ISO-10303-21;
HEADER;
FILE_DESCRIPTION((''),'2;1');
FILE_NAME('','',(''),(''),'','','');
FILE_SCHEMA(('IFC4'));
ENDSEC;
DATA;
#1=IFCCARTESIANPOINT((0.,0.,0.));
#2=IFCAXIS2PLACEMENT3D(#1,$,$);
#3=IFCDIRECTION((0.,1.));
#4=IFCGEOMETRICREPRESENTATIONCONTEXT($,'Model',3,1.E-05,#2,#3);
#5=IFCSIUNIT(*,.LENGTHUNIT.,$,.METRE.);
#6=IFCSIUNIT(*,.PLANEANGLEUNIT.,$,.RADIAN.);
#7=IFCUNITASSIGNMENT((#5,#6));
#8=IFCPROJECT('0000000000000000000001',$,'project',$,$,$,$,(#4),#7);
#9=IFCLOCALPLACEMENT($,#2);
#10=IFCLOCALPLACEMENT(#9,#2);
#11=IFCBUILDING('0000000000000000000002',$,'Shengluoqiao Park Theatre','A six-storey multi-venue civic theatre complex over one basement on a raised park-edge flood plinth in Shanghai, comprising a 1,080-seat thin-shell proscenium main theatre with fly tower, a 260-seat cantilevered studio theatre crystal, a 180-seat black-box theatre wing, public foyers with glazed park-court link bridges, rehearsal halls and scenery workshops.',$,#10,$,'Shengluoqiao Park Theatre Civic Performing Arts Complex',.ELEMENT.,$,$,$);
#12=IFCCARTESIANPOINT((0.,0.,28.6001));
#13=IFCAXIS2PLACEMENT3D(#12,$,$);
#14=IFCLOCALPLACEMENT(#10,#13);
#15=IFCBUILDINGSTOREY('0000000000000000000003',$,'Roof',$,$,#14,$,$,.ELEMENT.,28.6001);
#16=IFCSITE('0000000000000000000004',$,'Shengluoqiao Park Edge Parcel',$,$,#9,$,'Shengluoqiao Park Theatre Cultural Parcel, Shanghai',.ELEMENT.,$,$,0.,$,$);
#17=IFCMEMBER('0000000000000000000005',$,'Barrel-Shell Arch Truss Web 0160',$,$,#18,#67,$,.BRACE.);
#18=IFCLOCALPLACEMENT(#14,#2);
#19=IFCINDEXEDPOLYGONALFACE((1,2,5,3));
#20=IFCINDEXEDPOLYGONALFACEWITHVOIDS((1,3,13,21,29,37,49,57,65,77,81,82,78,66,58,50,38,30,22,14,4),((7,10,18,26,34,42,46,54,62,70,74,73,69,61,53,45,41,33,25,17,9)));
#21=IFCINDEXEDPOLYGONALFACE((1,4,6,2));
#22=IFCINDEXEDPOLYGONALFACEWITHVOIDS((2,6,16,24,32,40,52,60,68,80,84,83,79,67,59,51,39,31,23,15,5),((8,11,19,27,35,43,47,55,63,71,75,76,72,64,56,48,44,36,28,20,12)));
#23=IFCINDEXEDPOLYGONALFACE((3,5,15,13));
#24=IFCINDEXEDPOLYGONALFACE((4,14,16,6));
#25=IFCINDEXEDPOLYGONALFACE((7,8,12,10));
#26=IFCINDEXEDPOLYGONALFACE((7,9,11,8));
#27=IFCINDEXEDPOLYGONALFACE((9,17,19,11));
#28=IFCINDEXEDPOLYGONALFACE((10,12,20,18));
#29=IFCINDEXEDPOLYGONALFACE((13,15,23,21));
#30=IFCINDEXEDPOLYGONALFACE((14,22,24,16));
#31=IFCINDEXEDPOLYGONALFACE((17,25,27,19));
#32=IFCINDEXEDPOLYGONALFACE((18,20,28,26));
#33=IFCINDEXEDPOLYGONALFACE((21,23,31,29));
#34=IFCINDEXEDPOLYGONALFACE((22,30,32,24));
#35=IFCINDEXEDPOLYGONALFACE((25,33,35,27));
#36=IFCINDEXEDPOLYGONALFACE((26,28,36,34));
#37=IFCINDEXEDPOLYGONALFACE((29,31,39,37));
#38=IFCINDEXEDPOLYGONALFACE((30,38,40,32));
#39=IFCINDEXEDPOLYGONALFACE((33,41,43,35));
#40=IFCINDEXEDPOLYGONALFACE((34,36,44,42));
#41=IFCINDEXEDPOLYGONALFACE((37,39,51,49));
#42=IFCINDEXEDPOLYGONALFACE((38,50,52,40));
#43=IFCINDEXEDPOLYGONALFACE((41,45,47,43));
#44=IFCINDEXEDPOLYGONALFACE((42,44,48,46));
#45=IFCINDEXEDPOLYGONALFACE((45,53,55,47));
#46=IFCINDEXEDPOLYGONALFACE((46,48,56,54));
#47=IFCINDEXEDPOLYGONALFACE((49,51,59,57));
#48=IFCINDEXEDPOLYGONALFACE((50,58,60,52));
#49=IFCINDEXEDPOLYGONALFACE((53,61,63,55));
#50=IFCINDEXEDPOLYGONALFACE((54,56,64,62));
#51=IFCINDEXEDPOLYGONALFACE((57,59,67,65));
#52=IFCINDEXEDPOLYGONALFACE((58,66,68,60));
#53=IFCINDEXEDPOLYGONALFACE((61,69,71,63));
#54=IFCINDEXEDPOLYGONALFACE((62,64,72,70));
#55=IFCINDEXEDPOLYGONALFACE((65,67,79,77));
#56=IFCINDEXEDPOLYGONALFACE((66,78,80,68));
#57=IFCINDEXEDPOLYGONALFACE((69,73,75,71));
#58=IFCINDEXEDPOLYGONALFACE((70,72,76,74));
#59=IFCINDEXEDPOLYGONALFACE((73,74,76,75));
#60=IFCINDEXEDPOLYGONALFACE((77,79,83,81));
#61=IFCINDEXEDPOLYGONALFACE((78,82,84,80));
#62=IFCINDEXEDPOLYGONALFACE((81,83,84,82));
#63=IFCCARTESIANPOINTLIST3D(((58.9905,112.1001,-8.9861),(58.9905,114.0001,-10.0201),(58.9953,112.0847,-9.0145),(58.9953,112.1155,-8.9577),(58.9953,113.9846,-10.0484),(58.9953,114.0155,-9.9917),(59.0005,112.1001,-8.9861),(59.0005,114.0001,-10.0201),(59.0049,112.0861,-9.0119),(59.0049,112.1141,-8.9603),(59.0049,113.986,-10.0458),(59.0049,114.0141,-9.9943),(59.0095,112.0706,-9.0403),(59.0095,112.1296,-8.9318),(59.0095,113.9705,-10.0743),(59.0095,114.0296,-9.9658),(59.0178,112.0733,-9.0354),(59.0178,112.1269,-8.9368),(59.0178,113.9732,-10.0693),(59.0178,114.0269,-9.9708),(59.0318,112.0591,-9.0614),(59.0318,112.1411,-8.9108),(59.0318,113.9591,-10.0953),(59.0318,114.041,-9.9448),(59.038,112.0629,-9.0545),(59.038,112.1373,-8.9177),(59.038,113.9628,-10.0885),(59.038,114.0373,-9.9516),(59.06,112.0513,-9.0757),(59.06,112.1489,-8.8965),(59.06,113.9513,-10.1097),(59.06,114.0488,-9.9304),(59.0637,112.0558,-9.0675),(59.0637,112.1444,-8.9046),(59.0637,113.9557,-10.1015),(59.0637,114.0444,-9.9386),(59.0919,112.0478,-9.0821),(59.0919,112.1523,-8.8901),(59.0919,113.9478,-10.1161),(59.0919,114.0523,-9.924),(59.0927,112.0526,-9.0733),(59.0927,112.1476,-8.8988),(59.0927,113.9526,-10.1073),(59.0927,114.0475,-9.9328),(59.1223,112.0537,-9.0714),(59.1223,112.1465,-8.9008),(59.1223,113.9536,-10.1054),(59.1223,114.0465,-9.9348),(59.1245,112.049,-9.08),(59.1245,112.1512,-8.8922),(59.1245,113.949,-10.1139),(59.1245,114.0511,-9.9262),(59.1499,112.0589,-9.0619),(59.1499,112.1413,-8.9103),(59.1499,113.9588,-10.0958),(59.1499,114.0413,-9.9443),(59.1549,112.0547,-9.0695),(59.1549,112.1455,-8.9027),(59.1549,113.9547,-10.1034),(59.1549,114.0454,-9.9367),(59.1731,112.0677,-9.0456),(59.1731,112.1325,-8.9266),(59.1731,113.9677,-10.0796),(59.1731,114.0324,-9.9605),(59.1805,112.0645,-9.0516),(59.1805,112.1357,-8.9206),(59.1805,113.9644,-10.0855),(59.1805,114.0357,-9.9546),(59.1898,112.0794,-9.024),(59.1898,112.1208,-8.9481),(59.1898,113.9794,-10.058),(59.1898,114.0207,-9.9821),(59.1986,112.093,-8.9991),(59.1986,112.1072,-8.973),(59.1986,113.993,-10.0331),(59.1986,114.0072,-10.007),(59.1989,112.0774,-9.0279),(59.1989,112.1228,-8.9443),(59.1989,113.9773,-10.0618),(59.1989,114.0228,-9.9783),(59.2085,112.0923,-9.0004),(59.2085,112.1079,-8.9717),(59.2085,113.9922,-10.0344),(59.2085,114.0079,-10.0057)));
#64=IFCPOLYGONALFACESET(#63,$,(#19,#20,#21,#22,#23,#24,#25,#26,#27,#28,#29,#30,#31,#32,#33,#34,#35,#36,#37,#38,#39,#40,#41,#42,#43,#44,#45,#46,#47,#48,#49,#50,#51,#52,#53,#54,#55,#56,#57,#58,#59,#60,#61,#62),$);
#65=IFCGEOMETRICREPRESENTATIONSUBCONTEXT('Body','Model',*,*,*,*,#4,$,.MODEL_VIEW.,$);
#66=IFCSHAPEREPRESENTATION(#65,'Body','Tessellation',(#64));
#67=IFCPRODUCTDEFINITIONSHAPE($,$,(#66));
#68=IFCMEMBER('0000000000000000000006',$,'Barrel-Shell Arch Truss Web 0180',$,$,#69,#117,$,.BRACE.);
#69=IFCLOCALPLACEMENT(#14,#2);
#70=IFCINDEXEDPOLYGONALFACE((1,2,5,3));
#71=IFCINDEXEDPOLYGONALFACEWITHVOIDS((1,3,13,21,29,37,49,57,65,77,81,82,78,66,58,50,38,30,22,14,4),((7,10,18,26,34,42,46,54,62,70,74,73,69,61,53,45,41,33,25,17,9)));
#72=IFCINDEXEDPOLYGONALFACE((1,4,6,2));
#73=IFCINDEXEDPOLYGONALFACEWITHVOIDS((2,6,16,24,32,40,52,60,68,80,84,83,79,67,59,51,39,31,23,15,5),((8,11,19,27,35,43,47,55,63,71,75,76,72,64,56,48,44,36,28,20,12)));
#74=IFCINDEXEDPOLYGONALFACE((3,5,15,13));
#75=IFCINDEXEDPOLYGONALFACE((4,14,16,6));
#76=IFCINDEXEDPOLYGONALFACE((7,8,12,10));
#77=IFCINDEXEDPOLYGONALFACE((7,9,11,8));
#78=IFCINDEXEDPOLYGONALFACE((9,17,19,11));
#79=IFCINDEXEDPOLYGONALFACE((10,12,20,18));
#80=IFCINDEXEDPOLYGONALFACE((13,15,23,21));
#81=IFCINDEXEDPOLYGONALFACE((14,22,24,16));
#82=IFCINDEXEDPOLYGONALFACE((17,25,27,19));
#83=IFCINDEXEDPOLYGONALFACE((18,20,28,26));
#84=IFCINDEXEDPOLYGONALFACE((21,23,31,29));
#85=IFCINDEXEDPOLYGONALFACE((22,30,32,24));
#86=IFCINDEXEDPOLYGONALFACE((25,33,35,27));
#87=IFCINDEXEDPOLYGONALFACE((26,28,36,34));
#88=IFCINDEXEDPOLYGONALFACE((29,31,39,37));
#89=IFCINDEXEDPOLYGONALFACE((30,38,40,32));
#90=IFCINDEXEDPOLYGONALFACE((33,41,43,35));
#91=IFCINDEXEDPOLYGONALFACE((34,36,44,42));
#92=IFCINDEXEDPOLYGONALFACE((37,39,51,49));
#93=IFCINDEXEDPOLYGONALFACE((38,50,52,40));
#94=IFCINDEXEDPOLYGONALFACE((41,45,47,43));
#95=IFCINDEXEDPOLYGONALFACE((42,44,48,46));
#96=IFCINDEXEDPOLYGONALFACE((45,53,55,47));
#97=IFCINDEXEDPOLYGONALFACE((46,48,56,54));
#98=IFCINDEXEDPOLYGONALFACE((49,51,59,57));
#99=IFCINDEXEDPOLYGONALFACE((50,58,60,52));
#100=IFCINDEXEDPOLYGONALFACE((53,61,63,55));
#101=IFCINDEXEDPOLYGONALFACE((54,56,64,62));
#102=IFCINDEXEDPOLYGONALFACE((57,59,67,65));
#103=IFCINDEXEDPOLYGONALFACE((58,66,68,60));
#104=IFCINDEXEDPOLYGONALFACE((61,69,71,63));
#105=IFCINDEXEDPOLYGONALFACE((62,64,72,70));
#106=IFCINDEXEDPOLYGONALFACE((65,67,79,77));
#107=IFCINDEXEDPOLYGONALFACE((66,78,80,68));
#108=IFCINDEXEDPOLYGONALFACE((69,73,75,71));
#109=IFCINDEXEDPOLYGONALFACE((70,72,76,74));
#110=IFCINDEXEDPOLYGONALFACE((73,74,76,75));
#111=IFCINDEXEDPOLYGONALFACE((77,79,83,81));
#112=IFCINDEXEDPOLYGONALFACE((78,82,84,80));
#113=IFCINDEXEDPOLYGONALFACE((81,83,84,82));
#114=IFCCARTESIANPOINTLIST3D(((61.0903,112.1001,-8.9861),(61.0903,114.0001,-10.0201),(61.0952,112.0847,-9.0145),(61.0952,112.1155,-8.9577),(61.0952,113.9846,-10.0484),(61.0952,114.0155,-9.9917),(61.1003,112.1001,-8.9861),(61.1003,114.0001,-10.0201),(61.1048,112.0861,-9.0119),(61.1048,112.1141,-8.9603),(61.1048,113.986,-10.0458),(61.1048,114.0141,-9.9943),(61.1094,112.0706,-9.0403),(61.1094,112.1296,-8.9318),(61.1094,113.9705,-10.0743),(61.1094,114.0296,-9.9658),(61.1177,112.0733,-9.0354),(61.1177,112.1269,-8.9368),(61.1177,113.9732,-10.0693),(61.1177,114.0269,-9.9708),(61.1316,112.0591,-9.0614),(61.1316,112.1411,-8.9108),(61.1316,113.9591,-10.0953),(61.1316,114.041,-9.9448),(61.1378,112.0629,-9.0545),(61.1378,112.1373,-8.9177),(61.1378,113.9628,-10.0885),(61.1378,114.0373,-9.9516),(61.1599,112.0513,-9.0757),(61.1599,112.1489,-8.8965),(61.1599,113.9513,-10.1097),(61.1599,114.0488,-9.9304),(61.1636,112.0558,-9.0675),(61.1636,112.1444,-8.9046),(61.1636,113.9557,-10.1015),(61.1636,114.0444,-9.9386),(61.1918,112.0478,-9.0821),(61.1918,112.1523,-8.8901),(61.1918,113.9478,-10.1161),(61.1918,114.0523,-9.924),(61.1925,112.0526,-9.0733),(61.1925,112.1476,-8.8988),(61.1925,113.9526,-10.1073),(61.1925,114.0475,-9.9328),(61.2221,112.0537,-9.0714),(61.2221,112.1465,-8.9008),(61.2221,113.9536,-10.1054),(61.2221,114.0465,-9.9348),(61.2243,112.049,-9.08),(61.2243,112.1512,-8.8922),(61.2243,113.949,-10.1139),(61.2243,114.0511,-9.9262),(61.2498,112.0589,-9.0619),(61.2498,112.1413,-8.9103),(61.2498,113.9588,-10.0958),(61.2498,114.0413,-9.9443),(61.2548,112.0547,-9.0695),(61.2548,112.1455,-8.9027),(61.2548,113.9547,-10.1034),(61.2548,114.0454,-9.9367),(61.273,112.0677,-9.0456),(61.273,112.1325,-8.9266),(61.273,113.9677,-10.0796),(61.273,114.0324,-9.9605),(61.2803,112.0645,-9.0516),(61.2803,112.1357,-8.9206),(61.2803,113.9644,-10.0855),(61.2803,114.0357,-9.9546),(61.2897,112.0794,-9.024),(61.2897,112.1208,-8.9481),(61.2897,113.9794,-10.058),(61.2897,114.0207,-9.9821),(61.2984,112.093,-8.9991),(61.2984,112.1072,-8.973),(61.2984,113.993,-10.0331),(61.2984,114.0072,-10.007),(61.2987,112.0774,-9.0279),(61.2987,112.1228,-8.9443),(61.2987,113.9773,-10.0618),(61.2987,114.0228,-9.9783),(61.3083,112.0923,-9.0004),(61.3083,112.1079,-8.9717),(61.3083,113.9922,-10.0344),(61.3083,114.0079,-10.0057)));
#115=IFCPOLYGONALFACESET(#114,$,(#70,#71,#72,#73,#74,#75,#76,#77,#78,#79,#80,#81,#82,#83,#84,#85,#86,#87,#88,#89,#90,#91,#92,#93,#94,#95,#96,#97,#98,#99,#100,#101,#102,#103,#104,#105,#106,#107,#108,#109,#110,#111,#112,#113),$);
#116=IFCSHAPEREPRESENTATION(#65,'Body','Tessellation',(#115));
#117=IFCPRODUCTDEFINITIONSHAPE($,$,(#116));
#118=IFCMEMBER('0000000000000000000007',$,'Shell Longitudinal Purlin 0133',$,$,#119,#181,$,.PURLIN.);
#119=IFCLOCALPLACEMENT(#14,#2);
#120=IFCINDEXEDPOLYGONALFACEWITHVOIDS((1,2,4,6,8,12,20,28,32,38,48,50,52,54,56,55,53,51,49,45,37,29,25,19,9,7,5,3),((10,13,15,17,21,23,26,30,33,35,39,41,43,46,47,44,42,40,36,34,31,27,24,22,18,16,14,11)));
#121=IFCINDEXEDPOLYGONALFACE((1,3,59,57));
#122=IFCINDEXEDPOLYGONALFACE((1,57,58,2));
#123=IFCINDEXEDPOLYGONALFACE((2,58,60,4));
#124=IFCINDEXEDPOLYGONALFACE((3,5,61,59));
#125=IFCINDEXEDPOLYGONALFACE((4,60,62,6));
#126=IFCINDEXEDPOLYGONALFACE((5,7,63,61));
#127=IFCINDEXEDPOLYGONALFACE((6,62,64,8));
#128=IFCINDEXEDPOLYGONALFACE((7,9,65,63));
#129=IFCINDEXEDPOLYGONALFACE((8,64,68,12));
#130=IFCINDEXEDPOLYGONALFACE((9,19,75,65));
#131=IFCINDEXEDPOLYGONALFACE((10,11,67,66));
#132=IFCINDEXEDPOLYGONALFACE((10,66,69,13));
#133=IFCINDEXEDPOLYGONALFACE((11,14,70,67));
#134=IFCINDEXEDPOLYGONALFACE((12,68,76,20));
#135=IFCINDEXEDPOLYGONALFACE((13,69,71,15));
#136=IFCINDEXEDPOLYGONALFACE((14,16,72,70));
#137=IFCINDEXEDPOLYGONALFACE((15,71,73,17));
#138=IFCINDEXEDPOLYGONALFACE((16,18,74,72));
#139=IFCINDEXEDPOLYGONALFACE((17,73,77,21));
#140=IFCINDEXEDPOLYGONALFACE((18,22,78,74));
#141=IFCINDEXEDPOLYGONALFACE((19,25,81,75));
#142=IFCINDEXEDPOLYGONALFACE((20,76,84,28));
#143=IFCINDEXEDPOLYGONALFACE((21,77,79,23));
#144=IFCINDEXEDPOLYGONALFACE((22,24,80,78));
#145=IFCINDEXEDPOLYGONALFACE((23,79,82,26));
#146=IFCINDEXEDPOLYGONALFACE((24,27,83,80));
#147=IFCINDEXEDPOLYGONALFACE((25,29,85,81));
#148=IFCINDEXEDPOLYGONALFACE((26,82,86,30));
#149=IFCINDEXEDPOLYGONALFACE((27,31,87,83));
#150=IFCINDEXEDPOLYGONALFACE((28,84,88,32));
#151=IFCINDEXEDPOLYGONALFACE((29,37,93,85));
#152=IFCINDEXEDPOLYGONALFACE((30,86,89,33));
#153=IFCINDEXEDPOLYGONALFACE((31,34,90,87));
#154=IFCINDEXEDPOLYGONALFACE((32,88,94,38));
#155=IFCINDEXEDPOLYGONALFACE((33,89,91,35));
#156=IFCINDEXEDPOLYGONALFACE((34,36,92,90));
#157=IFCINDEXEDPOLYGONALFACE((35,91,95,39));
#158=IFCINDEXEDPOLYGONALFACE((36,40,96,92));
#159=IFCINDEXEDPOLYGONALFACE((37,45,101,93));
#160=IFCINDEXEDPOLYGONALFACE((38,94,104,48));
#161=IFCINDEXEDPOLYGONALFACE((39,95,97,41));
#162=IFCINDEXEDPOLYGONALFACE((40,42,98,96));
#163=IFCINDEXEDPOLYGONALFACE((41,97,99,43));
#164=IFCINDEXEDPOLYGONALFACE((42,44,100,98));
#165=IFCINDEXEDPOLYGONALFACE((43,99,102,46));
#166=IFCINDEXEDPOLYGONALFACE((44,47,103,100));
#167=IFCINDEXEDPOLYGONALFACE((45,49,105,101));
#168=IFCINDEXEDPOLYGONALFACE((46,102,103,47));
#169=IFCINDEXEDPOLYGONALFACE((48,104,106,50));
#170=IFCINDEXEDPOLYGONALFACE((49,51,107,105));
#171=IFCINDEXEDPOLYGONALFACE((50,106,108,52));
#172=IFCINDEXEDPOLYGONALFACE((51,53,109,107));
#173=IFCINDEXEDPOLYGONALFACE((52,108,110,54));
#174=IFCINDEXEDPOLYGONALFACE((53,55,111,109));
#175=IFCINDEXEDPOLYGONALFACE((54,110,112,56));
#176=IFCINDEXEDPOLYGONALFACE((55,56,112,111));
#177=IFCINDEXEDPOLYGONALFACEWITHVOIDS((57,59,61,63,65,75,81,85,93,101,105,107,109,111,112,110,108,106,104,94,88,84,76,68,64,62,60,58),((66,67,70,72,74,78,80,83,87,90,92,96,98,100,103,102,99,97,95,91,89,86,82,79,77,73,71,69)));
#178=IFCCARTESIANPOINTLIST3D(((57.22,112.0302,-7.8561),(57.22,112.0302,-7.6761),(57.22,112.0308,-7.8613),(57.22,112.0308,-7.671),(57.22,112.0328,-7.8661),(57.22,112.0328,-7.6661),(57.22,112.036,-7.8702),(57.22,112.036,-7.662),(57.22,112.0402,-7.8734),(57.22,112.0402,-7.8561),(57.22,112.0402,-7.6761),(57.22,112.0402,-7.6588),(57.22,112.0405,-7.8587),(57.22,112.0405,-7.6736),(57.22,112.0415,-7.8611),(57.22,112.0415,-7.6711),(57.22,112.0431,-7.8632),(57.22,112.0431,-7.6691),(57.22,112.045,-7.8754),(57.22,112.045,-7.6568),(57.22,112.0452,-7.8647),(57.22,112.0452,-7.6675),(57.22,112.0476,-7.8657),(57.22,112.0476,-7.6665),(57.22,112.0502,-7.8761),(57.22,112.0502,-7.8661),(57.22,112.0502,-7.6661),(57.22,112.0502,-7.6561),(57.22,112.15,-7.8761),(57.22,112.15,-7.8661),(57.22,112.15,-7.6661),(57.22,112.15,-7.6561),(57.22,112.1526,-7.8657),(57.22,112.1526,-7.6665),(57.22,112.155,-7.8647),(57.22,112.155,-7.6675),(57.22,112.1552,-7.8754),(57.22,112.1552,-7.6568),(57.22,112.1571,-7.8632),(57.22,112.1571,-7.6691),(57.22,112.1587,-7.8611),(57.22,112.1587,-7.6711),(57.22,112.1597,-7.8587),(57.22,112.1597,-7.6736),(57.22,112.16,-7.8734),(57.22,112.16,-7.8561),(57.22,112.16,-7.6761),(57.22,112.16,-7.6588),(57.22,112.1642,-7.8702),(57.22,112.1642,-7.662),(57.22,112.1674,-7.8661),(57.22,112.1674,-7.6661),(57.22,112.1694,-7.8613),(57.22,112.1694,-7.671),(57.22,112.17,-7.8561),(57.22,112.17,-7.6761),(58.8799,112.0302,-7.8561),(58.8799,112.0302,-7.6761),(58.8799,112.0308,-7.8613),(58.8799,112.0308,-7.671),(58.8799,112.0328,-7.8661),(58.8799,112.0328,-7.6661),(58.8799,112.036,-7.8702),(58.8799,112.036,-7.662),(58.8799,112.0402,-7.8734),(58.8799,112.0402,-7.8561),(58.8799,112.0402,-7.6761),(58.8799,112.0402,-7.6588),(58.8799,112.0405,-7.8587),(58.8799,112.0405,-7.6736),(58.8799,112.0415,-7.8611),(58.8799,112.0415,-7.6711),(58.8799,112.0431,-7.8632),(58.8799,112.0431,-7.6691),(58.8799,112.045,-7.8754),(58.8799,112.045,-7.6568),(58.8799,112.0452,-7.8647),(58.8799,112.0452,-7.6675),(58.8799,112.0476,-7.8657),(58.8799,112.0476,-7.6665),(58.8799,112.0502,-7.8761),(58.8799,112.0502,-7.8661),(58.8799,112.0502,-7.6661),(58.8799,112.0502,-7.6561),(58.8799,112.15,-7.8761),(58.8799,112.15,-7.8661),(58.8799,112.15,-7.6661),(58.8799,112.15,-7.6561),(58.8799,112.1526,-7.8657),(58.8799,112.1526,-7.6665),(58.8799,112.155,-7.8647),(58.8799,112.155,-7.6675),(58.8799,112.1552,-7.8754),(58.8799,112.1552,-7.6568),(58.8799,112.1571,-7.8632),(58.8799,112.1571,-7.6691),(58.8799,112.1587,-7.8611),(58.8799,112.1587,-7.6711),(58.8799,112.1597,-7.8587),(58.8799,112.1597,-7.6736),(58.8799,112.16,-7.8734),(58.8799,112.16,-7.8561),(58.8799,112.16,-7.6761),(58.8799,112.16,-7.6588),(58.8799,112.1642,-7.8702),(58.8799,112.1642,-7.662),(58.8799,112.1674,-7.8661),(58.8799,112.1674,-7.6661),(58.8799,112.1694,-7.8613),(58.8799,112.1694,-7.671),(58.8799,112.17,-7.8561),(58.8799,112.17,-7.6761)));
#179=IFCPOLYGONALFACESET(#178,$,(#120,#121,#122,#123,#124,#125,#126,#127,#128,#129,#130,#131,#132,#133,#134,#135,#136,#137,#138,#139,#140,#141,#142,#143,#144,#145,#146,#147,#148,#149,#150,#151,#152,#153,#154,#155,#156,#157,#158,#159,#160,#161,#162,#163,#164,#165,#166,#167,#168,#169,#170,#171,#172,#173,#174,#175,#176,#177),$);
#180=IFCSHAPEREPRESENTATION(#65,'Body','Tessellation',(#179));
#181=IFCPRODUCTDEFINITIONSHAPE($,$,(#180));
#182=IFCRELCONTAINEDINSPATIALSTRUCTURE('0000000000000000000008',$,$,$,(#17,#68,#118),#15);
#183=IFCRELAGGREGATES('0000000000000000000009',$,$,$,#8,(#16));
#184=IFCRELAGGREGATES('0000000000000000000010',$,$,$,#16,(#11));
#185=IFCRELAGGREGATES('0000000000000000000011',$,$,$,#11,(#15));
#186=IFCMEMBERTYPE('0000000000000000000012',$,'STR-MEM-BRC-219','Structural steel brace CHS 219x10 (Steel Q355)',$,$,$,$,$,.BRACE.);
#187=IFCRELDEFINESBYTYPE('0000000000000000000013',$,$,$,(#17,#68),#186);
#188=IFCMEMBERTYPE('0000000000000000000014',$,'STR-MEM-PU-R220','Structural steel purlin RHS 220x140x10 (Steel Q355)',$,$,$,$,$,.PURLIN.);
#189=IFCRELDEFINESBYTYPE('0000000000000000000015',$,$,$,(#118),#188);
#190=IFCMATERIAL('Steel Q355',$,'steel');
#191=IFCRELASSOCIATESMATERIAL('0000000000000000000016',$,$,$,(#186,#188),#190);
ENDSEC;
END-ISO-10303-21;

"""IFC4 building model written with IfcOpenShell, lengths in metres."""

from ifc_helpers import new_model, si_unit, direction, frame, origin, origin_2d, place, context, subcontext, project, spatial, hollow_rectangle, hollow_circle, extrude, material, material_profile, profile_set, type_object, element, save


model = new_model("IFC4")

# Units and contexts
model_context = context("Model", 3, precision=1e-05, world=origin(), true_north=direction((0.0, 1.0)))
body_context = subcontext(model_context, "Body", "Model", "MODEL_VIEW")
ifc_project = project(units=[si_unit("LENGTHUNIT", "METRE"), si_unit("PLANEANGLEUNIT", "RADIAN")], contexts=[model_context])

# Site, building, storey
site_placement = place(None, origin())
site = spatial("IfcSite", under=ifc_project, at=site_placement, Name="Shengluoqiao Park Edge Parcel", LongName="Shengluoqiao Park Theatre Cultural Parcel, Shanghai", CompositionType="ELEMENT", RefElevation=0.0)
building_placement = place(site_placement, origin())
building = spatial("IfcBuilding", under=site, at=building_placement, Name="Shengluoqiao Park Theatre", Description="A six-storey multi-venue civic theatre complex over one basement on a raised park-edge flood plinth in Shanghai, comprising a 1,080-seat thin-shell proscenium main theatre with fly tower, a 260-seat cantilevered studio theatre crystal, a 180-seat black-box theatre wing, public foyers with glazed park-court link bridges, rehearsal halls and scenery workshops.", LongName="Shengluoqiao Park Theatre Civic Performing Arts Complex", CompositionType="ELEMENT")
storey_placement = place(building_placement, frame((0.0, 0.0, 28.6001)))
storey = spatial("IfcBuildingStorey", under=building, at=storey_placement, Name="Roof", CompositionType="ELEMENT", Elevation=28.6001)

# Shared definitions
ifc_material_1 = material(Name="Steel Q355", Category="steel")

# Members
ifc_material_profile_1 = material_profile(ifc_material_1, hollow_circle(Radius=0.1096, WallThickness=0.01, at=origin_2d()), Name="CHS 219x10")
ifc_profile_set_1 = profile_set([ifc_material_profile_1], Name="Steel Q355")
member_type_1 = type_object("IfcMemberType", Name="STR-MEM-BRC-219", Description="Structural steel brace CHS 219x10 (Steel Q355)", PredefinedType="BRACE", material=ifc_profile_set_1)
for number, where, z_axis, x_axis, name in (
    (1, (59.1001, 112.1001, -8.9861), (0.0, 0.878357, -0.478006), (-1.0, 0.0, 0.0), "Barrel-Shell Arch Truss Web 0160"),
    (2, (61.2, 112.1001, -8.9861), (0.0, 0.878357, -0.478006), (-1.0, 0.0, 0.0), "Barrel-Shell Arch Truss Web 0180"),
):
    element("IfcMember", number, at=place(storey_placement, frame(where, z_axis=z_axis, x_axis=x_axis)), inside=storey, type_object=member_type_1, Name=name, PredefinedType="BRACE", context=body_context, shape_type="SweptSolid", body=[
        extrude(hollow_circle(Radius=0.1096, WallThickness=0.01, at=origin_2d()), origin(), (0.0, 0.0, 1.0), 2.1631),
    ])
ifc_material_profile_2 = material_profile(ifc_material_1, hollow_rectangle(XDim=0.1399, YDim=0.22, WallThickness=0.01, InnerFilletRadius=0.01, OuterFilletRadius=0.02, at=origin_2d()), Name="RHS 220x140x10")
ifc_profile_set_2 = profile_set([ifc_material_profile_2], Name="Steel Q355")
member_type_2 = type_object("IfcMemberType", Name="STR-MEM-PU-R220", Description="Structural steel purlin RHS 220x140x10 (Steel Q355)", PredefinedType="PURLIN", material=ifc_profile_set_2)
for number, where, z_axis, x_axis, name in (
    (3, (57.22, 112.1001, -7.7661), (1.0, 0.0, 0.0), (0.0, 1.0, 0.0), "Shell Longitudinal Purlin 0133"),
):
    element("IfcMember", number, at=place(storey_placement, frame(where, z_axis=z_axis, x_axis=x_axis)), inside=storey, type_object=member_type_2, Name=name, PredefinedType="PURLIN", context=body_context, shape_type="SweptSolid", body=[
        extrude(hollow_rectangle(XDim=0.1399, YDim=0.22, WallThickness=0.01, InnerFilletRadius=0.01, OuterFilletRadius=0.02, at=origin_2d()), origin(), (0.0, 0.0, 1.0), 1.6599),
    ])

save(model, "model.ifc")
